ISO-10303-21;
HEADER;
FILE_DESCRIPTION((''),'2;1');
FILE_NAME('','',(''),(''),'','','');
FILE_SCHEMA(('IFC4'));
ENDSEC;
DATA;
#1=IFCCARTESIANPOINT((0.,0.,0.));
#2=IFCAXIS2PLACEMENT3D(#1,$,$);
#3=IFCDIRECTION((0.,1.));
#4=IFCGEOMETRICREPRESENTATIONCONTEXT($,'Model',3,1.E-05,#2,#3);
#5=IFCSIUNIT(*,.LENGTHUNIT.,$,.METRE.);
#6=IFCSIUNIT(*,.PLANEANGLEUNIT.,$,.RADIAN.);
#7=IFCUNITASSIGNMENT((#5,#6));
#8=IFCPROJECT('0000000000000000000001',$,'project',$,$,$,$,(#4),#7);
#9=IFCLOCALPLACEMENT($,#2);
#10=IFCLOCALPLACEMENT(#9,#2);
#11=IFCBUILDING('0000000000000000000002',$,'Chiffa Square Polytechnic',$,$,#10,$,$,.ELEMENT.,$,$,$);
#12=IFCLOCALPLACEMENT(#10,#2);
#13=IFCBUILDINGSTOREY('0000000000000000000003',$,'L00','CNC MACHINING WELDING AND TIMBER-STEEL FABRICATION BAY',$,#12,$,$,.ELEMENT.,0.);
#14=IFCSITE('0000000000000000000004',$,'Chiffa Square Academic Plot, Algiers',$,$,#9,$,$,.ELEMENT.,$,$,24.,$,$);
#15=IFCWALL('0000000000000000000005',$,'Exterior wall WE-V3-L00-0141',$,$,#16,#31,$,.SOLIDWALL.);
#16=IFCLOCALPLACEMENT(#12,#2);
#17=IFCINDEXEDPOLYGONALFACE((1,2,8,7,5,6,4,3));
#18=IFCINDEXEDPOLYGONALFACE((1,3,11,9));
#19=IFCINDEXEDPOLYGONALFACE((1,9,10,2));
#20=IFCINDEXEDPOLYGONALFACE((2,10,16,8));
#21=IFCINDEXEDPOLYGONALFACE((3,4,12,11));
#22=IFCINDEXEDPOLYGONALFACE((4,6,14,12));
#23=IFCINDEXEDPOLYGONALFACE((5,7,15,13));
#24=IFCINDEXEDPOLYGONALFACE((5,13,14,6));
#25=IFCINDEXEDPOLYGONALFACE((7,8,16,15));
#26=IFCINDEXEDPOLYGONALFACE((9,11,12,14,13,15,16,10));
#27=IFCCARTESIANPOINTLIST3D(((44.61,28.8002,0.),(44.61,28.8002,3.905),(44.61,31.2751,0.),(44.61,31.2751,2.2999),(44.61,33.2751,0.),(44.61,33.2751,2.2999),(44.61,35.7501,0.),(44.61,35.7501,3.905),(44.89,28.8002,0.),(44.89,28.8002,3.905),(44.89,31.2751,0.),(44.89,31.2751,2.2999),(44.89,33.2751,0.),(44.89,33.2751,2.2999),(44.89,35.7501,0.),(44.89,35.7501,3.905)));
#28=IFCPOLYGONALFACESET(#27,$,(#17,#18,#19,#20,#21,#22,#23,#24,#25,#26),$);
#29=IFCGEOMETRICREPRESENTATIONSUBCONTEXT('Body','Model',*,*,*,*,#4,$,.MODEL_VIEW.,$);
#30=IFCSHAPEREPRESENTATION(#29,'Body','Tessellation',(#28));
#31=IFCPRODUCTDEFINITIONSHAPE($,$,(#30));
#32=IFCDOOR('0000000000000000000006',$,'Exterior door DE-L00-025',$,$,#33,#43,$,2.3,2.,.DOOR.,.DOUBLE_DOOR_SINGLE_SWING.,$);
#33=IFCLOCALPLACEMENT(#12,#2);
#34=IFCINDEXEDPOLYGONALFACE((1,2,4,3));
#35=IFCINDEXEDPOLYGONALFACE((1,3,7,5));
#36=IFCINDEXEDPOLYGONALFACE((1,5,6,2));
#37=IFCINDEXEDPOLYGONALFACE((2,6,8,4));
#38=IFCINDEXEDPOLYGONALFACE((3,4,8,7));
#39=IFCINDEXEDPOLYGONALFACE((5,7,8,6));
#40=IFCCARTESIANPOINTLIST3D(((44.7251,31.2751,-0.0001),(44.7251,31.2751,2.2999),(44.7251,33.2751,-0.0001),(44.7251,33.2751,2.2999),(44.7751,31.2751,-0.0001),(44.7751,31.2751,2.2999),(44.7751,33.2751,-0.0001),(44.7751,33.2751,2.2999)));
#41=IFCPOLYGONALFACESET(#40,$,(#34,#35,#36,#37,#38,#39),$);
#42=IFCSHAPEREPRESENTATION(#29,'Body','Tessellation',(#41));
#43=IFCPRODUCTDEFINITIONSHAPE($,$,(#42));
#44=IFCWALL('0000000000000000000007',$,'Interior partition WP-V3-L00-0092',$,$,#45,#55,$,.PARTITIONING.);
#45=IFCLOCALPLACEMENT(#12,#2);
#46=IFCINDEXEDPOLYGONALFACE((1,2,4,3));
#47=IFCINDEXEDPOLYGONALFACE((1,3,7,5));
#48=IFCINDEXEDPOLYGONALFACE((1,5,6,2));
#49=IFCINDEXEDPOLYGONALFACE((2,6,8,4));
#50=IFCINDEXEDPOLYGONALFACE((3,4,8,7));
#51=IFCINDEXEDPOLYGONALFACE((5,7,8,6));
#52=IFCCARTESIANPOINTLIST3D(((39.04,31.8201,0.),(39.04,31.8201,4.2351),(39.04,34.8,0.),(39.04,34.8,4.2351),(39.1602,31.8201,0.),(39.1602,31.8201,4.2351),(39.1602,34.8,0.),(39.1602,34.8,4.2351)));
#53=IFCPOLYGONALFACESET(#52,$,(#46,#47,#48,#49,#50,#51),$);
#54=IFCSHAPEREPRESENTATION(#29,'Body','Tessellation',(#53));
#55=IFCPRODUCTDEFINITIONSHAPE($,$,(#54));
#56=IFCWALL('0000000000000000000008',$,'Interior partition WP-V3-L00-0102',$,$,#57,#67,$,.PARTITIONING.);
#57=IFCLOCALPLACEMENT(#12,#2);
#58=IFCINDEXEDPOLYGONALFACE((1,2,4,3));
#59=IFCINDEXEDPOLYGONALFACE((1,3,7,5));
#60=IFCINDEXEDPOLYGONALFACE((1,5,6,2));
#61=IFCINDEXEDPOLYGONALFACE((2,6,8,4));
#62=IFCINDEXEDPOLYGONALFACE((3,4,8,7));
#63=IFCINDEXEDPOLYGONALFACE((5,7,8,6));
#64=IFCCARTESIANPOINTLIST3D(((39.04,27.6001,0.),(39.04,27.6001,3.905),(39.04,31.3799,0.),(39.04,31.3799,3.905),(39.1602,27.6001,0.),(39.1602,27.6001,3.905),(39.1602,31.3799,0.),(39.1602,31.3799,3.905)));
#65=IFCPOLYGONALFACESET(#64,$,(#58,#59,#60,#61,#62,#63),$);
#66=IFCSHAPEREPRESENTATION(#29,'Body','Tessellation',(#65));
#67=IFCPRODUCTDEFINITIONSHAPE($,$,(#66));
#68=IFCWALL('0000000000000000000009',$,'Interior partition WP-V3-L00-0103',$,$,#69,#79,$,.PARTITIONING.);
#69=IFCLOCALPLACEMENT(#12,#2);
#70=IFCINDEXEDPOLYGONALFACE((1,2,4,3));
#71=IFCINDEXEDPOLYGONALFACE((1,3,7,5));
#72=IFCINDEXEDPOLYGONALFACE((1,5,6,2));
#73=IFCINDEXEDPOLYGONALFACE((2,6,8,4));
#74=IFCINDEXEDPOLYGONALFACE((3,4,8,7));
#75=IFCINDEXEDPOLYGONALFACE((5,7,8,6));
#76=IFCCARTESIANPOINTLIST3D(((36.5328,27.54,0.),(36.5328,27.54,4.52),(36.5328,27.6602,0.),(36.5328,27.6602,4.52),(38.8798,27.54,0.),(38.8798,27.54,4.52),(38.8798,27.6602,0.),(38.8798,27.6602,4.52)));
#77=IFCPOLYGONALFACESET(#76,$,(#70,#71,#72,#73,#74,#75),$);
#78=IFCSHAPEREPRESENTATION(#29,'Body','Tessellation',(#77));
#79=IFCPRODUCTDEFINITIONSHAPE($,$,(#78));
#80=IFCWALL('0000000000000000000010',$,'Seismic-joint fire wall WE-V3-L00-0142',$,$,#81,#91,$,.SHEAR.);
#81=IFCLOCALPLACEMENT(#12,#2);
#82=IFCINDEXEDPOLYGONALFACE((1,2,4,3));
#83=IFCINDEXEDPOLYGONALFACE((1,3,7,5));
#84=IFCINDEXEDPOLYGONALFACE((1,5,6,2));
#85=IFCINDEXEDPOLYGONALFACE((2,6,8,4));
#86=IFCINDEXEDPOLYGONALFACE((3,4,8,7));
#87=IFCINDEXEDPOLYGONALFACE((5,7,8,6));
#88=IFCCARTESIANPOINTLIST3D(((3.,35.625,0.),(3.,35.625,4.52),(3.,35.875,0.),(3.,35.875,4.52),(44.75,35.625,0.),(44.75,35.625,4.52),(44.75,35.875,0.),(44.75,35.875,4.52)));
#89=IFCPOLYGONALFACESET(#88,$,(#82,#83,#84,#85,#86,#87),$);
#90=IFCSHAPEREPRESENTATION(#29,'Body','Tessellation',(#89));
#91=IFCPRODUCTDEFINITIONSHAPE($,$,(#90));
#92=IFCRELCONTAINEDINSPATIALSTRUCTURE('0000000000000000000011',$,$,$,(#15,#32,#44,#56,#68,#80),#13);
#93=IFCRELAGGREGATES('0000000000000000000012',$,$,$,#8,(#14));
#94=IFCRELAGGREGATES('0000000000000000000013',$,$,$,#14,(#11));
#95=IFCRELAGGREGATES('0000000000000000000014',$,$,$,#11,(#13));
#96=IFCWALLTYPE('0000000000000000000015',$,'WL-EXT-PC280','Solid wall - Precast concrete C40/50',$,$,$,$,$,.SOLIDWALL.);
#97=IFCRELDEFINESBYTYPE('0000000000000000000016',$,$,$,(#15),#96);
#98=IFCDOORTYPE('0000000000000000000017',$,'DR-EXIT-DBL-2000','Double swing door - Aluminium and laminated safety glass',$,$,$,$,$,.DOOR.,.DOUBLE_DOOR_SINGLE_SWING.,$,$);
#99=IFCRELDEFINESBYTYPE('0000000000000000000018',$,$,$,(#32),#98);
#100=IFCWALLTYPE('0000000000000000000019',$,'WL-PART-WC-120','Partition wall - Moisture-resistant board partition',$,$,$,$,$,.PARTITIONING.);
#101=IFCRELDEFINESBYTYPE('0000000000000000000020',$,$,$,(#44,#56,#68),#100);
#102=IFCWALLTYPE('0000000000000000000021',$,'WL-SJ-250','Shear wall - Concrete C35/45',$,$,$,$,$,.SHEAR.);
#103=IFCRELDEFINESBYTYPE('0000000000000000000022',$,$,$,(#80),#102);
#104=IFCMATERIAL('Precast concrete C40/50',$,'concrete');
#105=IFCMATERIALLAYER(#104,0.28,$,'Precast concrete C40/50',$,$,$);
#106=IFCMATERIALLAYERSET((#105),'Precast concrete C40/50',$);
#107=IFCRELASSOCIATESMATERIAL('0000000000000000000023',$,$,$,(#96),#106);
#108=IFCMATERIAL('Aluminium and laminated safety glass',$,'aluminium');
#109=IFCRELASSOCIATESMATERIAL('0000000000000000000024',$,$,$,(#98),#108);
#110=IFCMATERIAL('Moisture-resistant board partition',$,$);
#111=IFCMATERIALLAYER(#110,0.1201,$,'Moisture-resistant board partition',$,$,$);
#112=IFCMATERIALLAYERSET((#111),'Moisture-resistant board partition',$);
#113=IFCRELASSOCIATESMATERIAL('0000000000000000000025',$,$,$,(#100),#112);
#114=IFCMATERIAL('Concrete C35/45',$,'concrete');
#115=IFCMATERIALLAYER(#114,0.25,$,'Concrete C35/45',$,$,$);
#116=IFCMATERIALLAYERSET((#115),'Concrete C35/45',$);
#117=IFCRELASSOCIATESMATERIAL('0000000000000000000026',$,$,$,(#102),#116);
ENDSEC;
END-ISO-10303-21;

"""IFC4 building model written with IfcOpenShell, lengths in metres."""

from ifc_helpers import new_model, si_unit, direction, frame, frame_2d, origin, place, context, subcontext, project, spatial, rectangle, extrude, material, layer, layer_set, type_object, element, fill, save


model = new_model("IFC4")

# Units and contexts
model_context = context("Model", 3, precision=1e-05, world=origin(), true_north=direction((0.0, 1.0)))
body_context = subcontext(model_context, "Body", "Model", "MODEL_VIEW")
ifc_project = project(units=[si_unit("LENGTHUNIT", "METRE"), si_unit("PLANEANGLEUNIT", "RADIAN")], contexts=[model_context])

# Site, building, storey
site_placement = place(None, origin())
site = spatial("IfcSite", under=ifc_project, at=site_placement, Name="Chiffa Square Academic Plot, Algiers", CompositionType="ELEMENT", RefElevation=24.0)
building_placement = place(site_placement, origin())
building = spatial("IfcBuilding", under=site, at=building_placement, Name="Chiffa Square Polytechnic", CompositionType="ELEMENT")
storey_placement = place(building_placement, origin())
storey = spatial("IfcBuildingStorey", under=building, at=storey_placement, Name="L00", Description="CNC MACHINING WELDING AND TIMBER-STEEL FABRICATION BAY", CompositionType="ELEMENT", Elevation=0.0)

# Shared definitions
ifc_material_1 = material(Name="Concrete C35/45", Category="concrete")

# Shared definitions
ifc_material_2 = material(Name="Precast concrete C40/50", Category="concrete")
ifc_layer_1 = layer(ifc_material_2, 0.28, Name="Precast concrete C40/50")
ifc_layer_set_1 = layer_set([ifc_layer_1], Name="Precast concrete C40/50")
wall_type_1 = type_object("IfcWallType", Name="WL-EXT-PC280", Description="Solid wall - Precast concrete C40/50", PredefinedType="SOLIDWALL", material=ifc_layer_set_1)

# Wall, opening, door
wall_1_placement = place(storey_placement, frame((44.75, 28.8, 0.0), z_axis=(0.0, 0.0, 1.0), x_axis=(0.0, 1.0, 0.0)))
wall_1 = element("IfcWall", 1, at=wall_1_placement, inside=storey, type_object=wall_type_1, Name="Exterior wall WE-V3-L00-0141", PredefinedType="SOLIDWALL", context=body_context, shape_type="SweptSolid", body=[
    extrude(rectangle(XDim=6.95, YDim=0.28, at=frame_2d((3.4751, 0.0))), origin(), (0.0, 0.0, 1.0), 3.905),
])
opening_placement = place(wall_1_placement, frame((2.4751, 0.0, 0.0)))
opening = element("IfcOpeningElement", 2, at=opening_placement, cuts=wall_1, PredefinedType="OPENING", context=body_context, shape_type="SweptSolid", body=[
    extrude(rectangle(XDim=2.0, YDim=2.3, at=frame_2d((1.0, 1.1499))), frame((0.0, 0.1499, 0.0), z_axis=(0.0, -1.0, 0.0), x_axis=(1.0, 0.0, 0.0)), (0.0, 0.0, 1.0), 0.3),
])
ifc_material_3 = material(Name="Aluminium and laminated safety glass", Category="aluminium")
door_type = type_object("IfcDoorType", Name="DR-EXIT-DBL-2000", Description="Double swing door - Aluminium and laminated safety glass", OperationType="DOUBLE_DOOR_SINGLE_SWING", PredefinedType="DOOR", material=ifc_material_3)
door_placement = place(opening_placement, origin())
door = element("IfcDoor", 3, at=door_placement, inside=storey, type_object=door_type, Name="Exterior door DE-L00-025", OperationType="DOUBLE_DOOR_SINGLE_SWING", OverallHeight=2.3, OverallWidth=2.0, PredefinedType="DOOR", context=body_context, shape_type="SweptSolid", body=[
    extrude(rectangle(XDim=2.0, YDim=2.3, at=frame_2d((1.0, 1.1499))), frame((0.0, 0.0249, 0.0), z_axis=(0.0, -1.0, 0.0), x_axis=(1.0, 0.0, 0.0)), (0.0, 0.0, 1.0), 0.05),
])
fill(opening, door)

# Walls
ifc_material_4 = material(Name="Moisture-resistant board partition")
ifc_layer_2 = layer(ifc_material_4, 0.1201, Name="Moisture-resistant board partition")
ifc_layer_set_2 = layer_set([ifc_layer_2], Name="Moisture-resistant board partition")
wall_type_2 = type_object("IfcWallType", Name="WL-PART-WC-120", Description="Partition wall - Moisture-resistant board partition", PredefinedType="PARTITIONING", material=ifc_layer_set_2)
wall_2_placement = place(storey_placement, frame((39.1001, 31.8201, 0.0), z_axis=(0.0, 0.0, 1.0), x_axis=(0.0, 1.0, 0.0)))
element("IfcWall", 4, at=wall_2_placement, inside=storey, type_object=wall_type_2, Name="Interior partition WP-V3-L00-0092", PredefinedType="PARTITIONING", context=body_context, shape_type="SweptSolid", body=[
    extrude(rectangle(XDim=2.98, YDim=0.1201, at=frame_2d((1.49, 0.0))), origin(), (0.0, 0.0, 1.0), 4.2351),
])
wall_3_placement = place(storey_placement, frame((39.1001, 27.6001, 0.0), z_axis=(0.0, 0.0, 1.0), x_axis=(0.0, 1.0, 0.0)))
element("IfcWall", 5, at=wall_3_placement, inside=storey, type_object=wall_type_2, Name="Interior partition WP-V3-L00-0102", PredefinedType="PARTITIONING", context=body_context, shape_type="SweptSolid", body=[
    extrude(rectangle(XDim=3.7798, YDim=0.1201, at=frame_2d((1.8899, 0.0))), origin(), (0.0, 0.0, 1.0), 3.905),
])
wall_4_placement = place(storey_placement, frame((36.533, 27.6001, 0.0), z_axis=(0.0, 0.0, 1.0), x_axis=(1.0, 0.0, 0.0)))
element("IfcWall", 6, at=wall_4_placement, inside=storey, type_object=wall_type_2, Name="Interior partition WP-V3-L00-0103", PredefinedType="PARTITIONING", context=body_context, shape_type="SweptSolid", body=[
    extrude(rectangle(XDim=2.3469, YDim=0.1201, at=frame_2d((1.1733, 0.0))), origin(), (0.0, 0.0, 1.0), 4.52),
])
ifc_layer_3 = layer(ifc_material_1, 0.25, Name="Concrete C35/45")
ifc_layer_set_3 = layer_set([ifc_layer_3], Name="Concrete C35/45")
wall_type_3 = type_object("IfcWallType", Name="WL-SJ-250", Description="Shear wall - Concrete C35/45", PredefinedType="SHEAR", material=ifc_layer_set_3)
wall_5_placement = place(storey_placement, frame((44.75, 35.75, 0.0), z_axis=(0.0, 0.0, 1.0), x_axis=(-1.0, 0.0, 0.0)))
element("IfcWall", 7, at=wall_5_placement, inside=storey, type_object=wall_type_3, Name="Seismic-joint fire wall WE-V3-L00-0142", PredefinedType="SHEAR", context=body_context, shape_type="SweptSolid", body=[
    extrude(rectangle(XDim=41.75, YDim=0.25, at=frame_2d((20.875, 0.0))), origin(), (0.0, 0.0, 1.0), 4.52),
])

save(model, "model.ifc")
